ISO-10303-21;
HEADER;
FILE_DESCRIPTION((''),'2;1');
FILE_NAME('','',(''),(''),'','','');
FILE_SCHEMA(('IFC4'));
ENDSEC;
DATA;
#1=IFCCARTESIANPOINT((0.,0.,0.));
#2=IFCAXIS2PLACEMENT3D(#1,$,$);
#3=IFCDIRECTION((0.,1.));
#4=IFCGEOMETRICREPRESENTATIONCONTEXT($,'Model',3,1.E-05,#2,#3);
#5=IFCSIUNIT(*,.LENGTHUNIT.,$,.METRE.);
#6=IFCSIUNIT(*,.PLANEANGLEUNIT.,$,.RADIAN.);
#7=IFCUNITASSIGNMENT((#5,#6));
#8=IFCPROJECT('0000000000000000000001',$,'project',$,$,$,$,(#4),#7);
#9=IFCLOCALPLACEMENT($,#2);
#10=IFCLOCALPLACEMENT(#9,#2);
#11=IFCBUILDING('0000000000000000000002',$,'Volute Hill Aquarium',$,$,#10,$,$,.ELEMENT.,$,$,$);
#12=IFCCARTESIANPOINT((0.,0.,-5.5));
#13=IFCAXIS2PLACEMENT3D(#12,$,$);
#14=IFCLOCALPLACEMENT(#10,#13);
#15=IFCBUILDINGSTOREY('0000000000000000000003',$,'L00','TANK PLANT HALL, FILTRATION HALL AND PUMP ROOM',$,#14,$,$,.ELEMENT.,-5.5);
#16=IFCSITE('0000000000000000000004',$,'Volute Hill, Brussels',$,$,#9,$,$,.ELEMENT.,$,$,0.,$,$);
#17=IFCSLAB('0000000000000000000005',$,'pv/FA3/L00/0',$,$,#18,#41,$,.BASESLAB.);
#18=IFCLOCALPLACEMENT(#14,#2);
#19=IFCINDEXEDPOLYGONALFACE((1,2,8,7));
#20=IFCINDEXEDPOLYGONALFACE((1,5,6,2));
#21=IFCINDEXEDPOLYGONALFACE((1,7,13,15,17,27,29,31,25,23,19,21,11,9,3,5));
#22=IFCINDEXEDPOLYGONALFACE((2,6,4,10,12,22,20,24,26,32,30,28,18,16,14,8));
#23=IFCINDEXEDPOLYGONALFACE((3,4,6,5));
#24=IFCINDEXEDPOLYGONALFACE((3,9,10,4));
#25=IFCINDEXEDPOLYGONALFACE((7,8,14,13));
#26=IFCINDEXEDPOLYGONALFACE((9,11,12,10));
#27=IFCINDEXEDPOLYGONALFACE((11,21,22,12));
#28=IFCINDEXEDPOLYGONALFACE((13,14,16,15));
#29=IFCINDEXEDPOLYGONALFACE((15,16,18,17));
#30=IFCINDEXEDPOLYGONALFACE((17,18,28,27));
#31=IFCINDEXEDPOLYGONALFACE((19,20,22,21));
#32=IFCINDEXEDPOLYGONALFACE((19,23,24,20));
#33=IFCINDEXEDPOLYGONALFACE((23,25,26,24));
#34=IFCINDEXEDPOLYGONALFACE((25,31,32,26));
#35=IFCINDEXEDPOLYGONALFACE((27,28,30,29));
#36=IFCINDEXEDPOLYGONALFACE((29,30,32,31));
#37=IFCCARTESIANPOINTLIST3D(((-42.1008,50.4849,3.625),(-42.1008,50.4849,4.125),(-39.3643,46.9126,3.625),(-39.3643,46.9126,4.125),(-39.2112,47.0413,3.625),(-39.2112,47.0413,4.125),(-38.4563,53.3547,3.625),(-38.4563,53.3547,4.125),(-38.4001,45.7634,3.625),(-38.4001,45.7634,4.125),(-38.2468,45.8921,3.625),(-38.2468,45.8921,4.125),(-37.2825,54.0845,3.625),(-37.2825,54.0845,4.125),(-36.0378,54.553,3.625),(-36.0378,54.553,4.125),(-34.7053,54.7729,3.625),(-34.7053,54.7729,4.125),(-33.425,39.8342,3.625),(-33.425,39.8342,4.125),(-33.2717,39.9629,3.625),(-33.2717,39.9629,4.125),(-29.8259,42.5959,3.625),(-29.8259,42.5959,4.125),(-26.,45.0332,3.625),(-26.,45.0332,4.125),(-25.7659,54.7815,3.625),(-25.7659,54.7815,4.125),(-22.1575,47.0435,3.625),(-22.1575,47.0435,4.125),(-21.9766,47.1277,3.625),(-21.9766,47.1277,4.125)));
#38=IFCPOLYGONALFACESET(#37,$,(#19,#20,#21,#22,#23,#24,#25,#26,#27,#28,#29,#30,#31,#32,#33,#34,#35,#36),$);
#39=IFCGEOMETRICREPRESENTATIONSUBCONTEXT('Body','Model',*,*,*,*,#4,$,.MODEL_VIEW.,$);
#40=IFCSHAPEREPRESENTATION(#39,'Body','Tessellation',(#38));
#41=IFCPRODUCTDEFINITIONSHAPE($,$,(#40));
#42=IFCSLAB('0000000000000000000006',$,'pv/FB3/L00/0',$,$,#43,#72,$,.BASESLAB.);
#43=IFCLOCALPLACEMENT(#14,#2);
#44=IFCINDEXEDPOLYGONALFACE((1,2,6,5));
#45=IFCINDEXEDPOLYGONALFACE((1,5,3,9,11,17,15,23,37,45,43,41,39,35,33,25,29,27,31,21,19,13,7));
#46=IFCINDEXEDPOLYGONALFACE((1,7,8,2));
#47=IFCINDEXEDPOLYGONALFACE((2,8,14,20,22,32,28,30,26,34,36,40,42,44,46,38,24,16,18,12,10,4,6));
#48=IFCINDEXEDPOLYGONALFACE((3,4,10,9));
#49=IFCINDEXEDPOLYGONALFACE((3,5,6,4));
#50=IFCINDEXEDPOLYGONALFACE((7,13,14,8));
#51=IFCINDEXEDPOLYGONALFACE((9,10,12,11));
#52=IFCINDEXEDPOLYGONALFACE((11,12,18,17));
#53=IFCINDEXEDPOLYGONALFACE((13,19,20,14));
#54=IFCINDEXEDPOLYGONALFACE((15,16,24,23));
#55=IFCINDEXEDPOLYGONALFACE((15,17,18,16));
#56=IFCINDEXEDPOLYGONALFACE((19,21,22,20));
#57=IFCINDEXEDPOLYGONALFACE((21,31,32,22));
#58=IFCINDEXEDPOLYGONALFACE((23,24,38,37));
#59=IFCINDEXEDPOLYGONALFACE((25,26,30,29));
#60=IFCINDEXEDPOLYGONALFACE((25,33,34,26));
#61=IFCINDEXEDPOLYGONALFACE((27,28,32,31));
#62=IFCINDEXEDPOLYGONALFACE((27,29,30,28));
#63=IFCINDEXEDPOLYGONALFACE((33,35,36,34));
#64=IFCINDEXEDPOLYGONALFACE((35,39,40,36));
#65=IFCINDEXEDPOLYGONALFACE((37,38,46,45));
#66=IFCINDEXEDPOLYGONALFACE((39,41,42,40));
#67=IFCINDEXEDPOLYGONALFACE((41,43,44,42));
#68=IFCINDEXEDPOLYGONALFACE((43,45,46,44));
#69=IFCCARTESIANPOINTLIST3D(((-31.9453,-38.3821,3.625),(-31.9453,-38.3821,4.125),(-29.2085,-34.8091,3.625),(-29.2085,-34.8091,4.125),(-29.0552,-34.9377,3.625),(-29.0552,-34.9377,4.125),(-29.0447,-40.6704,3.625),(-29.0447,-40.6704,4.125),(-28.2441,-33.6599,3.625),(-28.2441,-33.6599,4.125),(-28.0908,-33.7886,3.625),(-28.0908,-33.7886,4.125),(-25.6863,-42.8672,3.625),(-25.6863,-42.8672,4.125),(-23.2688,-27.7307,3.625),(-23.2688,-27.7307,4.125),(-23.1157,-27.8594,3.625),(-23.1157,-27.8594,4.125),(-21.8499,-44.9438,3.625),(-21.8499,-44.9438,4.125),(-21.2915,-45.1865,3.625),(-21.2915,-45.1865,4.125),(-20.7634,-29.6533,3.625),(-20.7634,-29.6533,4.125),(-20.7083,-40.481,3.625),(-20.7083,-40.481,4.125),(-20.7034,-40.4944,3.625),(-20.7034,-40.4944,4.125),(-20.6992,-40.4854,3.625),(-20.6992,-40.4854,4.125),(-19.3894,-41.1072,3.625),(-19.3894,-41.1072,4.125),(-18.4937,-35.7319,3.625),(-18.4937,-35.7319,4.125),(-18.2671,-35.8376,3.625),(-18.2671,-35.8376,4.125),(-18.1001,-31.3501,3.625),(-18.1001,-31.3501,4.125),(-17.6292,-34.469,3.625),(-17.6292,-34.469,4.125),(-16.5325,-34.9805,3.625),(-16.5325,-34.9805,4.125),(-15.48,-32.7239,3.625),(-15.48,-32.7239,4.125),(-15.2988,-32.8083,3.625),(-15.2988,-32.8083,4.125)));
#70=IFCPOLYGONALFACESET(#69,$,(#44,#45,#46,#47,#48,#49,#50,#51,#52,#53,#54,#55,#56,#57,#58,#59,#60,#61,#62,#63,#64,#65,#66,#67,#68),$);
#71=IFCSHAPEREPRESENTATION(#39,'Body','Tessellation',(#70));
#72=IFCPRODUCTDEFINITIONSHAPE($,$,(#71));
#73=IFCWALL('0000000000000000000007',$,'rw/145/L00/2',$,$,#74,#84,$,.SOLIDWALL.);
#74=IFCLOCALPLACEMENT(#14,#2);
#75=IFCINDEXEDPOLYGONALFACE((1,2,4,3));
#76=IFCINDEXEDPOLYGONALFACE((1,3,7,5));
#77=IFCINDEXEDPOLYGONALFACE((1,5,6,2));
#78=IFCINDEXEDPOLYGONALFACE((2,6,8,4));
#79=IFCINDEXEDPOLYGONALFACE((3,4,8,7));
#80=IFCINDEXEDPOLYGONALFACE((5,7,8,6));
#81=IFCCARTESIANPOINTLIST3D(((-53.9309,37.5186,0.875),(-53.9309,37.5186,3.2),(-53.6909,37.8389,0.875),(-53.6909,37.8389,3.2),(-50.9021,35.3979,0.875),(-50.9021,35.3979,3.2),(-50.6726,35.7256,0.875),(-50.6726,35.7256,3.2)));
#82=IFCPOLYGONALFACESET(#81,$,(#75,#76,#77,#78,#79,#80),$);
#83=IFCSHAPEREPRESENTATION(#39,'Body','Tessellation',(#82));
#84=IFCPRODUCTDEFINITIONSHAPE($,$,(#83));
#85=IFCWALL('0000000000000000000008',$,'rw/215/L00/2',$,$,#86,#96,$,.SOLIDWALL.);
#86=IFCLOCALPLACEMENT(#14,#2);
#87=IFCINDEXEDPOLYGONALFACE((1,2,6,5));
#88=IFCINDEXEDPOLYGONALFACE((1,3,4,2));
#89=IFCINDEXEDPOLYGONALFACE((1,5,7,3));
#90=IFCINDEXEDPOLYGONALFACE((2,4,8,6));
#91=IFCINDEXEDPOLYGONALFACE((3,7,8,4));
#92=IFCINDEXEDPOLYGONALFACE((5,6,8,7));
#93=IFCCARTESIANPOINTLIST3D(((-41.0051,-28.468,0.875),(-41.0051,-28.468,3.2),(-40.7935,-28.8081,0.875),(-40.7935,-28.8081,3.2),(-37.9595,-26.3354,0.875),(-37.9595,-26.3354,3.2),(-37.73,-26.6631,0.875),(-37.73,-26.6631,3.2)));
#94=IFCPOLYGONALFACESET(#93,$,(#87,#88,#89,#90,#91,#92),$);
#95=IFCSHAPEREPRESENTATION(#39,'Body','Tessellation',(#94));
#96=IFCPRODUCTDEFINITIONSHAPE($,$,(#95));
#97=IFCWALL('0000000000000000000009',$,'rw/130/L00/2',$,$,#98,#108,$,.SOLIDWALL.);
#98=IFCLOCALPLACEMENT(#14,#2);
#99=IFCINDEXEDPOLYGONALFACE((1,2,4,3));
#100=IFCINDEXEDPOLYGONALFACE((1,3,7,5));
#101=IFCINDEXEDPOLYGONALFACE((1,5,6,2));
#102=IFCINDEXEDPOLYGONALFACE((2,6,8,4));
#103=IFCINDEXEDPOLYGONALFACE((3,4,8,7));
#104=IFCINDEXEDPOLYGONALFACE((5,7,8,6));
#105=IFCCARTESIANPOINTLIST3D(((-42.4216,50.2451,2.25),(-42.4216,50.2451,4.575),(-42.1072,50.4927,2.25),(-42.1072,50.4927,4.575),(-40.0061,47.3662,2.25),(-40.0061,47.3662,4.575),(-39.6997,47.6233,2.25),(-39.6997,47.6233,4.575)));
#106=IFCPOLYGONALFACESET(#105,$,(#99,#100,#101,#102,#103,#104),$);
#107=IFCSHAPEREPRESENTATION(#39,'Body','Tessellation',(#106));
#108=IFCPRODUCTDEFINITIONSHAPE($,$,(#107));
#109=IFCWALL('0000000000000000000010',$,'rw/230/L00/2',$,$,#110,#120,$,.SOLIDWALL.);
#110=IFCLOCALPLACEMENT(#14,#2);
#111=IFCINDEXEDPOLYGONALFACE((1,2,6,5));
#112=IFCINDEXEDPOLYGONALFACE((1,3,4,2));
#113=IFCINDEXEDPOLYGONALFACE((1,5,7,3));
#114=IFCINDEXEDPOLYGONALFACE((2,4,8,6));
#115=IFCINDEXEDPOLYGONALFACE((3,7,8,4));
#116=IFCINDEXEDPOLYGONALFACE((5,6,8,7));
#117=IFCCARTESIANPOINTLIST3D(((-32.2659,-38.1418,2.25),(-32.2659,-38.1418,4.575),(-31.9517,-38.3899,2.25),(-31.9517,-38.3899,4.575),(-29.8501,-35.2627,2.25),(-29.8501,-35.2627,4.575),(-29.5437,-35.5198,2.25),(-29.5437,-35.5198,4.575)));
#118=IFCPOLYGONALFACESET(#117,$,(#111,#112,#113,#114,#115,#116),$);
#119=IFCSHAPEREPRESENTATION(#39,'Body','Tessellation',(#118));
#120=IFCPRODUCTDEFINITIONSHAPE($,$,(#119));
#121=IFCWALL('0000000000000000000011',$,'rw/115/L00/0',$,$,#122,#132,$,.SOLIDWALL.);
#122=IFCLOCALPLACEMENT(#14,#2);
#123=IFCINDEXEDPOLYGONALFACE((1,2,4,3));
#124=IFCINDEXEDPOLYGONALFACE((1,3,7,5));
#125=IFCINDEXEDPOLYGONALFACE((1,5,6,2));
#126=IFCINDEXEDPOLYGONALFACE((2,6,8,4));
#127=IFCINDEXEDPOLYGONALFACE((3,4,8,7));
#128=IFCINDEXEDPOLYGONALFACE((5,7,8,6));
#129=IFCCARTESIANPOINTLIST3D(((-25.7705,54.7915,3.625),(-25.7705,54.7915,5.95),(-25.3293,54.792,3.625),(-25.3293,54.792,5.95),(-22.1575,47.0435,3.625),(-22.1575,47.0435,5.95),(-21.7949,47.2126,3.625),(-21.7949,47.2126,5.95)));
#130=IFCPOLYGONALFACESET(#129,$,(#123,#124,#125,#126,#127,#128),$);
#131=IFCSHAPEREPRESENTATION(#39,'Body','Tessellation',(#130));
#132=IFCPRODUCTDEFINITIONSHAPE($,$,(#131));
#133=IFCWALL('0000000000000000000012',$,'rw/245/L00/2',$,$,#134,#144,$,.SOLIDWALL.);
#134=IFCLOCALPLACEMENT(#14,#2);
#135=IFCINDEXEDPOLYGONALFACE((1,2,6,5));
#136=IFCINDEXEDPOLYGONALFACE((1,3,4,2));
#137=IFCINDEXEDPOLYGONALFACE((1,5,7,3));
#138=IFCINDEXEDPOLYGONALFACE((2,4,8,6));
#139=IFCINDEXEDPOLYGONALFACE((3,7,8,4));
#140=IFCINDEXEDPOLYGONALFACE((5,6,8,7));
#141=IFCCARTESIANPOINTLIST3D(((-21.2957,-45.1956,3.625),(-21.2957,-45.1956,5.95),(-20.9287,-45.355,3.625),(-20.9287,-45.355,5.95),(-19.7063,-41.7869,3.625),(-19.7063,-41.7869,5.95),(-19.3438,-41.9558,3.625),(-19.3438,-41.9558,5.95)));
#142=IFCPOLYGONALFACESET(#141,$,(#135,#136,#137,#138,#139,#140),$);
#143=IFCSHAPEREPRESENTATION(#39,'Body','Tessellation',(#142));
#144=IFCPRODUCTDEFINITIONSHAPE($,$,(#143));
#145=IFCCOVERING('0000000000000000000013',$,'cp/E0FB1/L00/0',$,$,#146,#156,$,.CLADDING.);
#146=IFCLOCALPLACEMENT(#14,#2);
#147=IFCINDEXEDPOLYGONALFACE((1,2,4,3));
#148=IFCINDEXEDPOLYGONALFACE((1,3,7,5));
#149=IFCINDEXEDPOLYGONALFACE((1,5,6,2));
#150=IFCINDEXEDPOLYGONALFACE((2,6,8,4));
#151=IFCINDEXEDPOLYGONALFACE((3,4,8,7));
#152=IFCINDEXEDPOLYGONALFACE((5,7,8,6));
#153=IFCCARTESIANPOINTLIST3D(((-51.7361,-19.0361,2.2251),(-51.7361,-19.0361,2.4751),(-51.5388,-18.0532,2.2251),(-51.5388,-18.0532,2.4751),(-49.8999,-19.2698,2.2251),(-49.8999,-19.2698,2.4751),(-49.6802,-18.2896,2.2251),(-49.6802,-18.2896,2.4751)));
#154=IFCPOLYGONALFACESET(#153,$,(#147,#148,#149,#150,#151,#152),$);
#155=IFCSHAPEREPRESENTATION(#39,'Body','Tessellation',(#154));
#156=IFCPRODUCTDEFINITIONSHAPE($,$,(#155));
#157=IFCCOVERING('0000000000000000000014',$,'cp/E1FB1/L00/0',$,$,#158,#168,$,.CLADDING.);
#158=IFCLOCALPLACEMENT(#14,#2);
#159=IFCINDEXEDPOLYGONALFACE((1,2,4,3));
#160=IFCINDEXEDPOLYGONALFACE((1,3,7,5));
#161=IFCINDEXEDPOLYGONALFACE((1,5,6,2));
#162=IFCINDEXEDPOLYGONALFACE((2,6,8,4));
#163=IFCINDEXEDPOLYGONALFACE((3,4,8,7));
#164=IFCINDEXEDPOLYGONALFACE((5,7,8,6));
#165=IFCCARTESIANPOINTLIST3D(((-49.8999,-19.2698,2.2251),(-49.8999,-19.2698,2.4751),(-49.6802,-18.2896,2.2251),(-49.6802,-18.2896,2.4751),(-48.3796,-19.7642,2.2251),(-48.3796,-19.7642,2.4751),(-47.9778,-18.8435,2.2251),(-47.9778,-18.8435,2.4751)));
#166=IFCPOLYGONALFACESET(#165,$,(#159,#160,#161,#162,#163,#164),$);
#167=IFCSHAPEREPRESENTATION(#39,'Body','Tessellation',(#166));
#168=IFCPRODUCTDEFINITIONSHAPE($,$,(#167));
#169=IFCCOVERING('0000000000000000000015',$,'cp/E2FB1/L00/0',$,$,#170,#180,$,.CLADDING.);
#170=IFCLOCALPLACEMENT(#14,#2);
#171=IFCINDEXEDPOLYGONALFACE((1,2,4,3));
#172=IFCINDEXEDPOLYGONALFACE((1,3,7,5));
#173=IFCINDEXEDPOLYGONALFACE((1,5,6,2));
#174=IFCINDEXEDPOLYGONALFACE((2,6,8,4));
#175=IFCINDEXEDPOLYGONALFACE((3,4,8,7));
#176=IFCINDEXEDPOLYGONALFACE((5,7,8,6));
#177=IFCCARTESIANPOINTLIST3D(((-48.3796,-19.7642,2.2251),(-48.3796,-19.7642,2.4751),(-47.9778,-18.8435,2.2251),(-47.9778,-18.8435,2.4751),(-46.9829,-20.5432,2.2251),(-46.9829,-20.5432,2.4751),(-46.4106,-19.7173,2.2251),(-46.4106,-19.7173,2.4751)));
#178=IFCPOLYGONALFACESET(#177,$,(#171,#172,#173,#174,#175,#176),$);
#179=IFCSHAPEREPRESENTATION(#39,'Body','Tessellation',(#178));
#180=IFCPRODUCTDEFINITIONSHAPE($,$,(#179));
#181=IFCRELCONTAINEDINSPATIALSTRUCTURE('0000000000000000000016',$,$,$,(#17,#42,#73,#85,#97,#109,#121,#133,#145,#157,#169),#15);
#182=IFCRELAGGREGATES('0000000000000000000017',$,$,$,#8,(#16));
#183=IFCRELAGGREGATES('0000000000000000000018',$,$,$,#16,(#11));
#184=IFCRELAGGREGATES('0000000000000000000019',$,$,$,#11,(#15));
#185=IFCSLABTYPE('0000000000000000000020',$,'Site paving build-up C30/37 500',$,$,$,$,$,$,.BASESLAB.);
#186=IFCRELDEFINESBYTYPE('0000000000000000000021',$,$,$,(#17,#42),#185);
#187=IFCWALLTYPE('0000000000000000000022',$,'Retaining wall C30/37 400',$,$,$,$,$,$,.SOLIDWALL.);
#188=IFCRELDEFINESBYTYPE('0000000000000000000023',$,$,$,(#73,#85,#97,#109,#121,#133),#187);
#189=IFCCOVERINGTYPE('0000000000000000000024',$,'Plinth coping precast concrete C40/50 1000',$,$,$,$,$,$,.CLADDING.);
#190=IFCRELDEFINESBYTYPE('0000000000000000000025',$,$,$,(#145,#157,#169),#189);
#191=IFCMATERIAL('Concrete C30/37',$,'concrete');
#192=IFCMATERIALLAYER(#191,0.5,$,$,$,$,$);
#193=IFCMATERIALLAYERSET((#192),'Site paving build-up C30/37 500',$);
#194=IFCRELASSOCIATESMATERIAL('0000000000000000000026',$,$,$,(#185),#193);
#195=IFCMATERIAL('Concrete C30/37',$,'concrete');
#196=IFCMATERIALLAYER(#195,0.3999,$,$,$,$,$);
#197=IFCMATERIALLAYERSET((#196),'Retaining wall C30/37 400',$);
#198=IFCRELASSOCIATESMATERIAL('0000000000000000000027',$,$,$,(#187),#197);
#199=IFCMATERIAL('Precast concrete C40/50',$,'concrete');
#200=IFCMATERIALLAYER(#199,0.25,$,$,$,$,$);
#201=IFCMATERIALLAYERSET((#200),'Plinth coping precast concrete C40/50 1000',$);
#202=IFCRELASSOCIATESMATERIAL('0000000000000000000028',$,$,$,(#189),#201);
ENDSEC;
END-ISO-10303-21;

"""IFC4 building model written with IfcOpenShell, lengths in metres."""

from ifc_helpers import new_model, si_unit, direction, frame, origin, place, context, subcontext, project, spatial, polyline, outline, extrude, material, layer, layer_set, type_object, element, save


model = new_model("IFC4")

# Units and contexts
model_context = context("Model", 3, precision=1e-05, world=origin(), true_north=direction((0.0, 1.0)))
body_context = subcontext(model_context, "Body", "Model", "MODEL_VIEW")
ifc_project = project(units=[si_unit("LENGTHUNIT", "METRE"), si_unit("PLANEANGLEUNIT", "RADIAN")], contexts=[model_context])

# Site, building, storey
site_placement = place(None, origin())
site = spatial("IfcSite", under=ifc_project, at=site_placement, Name="Volute Hill, Brussels", CompositionType="ELEMENT", RefElevation=0.0)
building_placement = place(site_placement, origin())
building = spatial("IfcBuilding", under=site, at=building_placement, Name="Volute Hill Aquarium", CompositionType="ELEMENT")
storey_placement = place(building_placement, frame((0.0, 0.0, -5.5)))
storey = spatial("IfcBuildingStorey", under=building, at=storey_placement, Name="L00", Description="TANK PLANT HALL, FILTRATION HALL AND PUMP ROOM", CompositionType="ELEMENT", Elevation=-5.5)

# Slabs
ifc_material_1 = material(Name="Concrete C30/37", Category="concrete")
ifc_layer_1 = layer(ifc_material_1, 0.5)
ifc_layer_set_1 = layer_set([ifc_layer_1], Name="Site paving build-up C30/37 500")
slab_type_1 = type_object("IfcSlabType", Name="Site paving build-up C30/37 500", PredefinedType="BASESLAB", material=ifc_layer_set_1)
slab_1_placement = place(storey_placement, frame((0.0, 0.0, 3.625)))
element("IfcSlab", 1, at=slab_1_placement, inside=storey, type_object=slab_type_1, Name="pv/FA3/L00/0", PredefinedType="BASESLAB", context=body_context, shape_type="SweptSolid", body=[
    extrude(outline(polyline([(-37.2825, 54.0845), (-38.4563, 53.3547), (-42.1008, 50.4849), (-39.2112, 47.0413), (-39.3643, 46.9126), (-38.4001, 45.7634), (-38.2468, 45.8921), (-33.2717, 39.9629), (-33.425, 39.8342), (-29.8259, 42.5959), (-26.0, 45.0332), (-21.9766, 47.1277), (-22.1575, 47.0435), (-25.7659, 54.7815), (-34.7053, 54.7729), (-36.0378, 54.553), (-37.2825, 54.0845)])), origin(), (0.0, 0.0, 1.0), 0.5),
])
slab_2_placement = place(storey_placement, frame((0.0, 0.0, 3.625)))
element("IfcSlab", 2, at=slab_2_placement, inside=storey, type_object=slab_type_1, Name="pv/FB3/L00/0", PredefinedType="BASESLAB", context=body_context, shape_type="SweptSolid", body=[
    extrude(outline(polyline([(-25.6863, -42.8672), (-21.8499, -44.9438), (-21.2915, -45.1865), (-19.3894, -41.1072), (-20.7034, -40.4944), (-20.6992, -40.4854), (-20.7083, -40.481), (-18.4937, -35.7319), (-18.2671, -35.8376), (-17.6292, -34.469), (-16.5325, -34.9805), (-15.48, -32.7239), (-15.2988, -32.8083), (-18.1001, -31.3501), (-20.7634, -29.6533), (-23.2688, -27.7307), (-23.1157, -27.8594), (-28.0908, -33.7886), (-28.2441, -33.6599), (-29.2085, -34.8091), (-29.0552, -34.9377), (-31.9453, -38.3821), (-29.0447, -40.6704), (-25.6863, -42.8672)])), origin(), (0.0, 0.0, 1.0), 0.5),
])

# Walls
ifc_material_2 = material(Name="Concrete C30/37", Category="concrete")
ifc_layer_2 = layer(ifc_material_2, 0.3999)
ifc_layer_set_2 = layer_set([ifc_layer_2], Name="Retaining wall C30/37 400")
wall_type = type_object("IfcWallType", Name="Retaining wall C30/37 400", PredefinedType="SOLIDWALL", material=ifc_layer_set_2)
wall_1_placement = place(storey_placement, frame((0.0, 0.0, 0.875)))
element("IfcWall", 3, at=wall_1_placement, inside=storey, type_object=wall_type, Name="rw/145/L00/2", PredefinedType="SOLIDWALL", context=body_context, shape_type="SweptSolid", body=[
    extrude(outline(polyline([(-50.9021, 35.3979), (-50.6726, 35.7256), (-53.6909, 37.8389), (-53.9309, 37.5186), (-50.9021, 35.3979)])), origin(), (0.0, 0.0, 1.0), 2.325),
])
wall_2_placement = place(storey_placement, frame((0.0, 0.0, 0.875)))
element("IfcWall", 4, at=wall_2_placement, inside=storey, type_object=wall_type, Name="rw/215/L00/2", PredefinedType="SOLIDWALL", context=body_context, shape_type="SweptSolid", body=[
    extrude(outline(polyline([(-37.73, -26.6631), (-37.9595, -26.3354), (-41.0051, -28.468), (-40.7935, -28.8081), (-37.73, -26.6631)])), origin(), (0.0, 0.0, 1.0), 2.325),
])
wall_3_placement = place(storey_placement, frame((0.0, 0.0, 2.25)))
element("IfcWall", 5, at=wall_3_placement, inside=storey, type_object=wall_type, Name="rw/130/L00/2", PredefinedType="SOLIDWALL", context=body_context, shape_type="SweptSolid", body=[
    extrude(outline(polyline([(-40.0061, 47.3662), (-39.6997, 47.6233), (-42.1072, 50.4927), (-42.4216, 50.2451), (-40.0061, 47.3662)])), origin(), (0.0, 0.0, 1.0), 2.325),
])
wall_4_placement = place(storey_placement, frame((0.0, 0.0, 2.25)))
element("IfcWall", 6, at=wall_4_placement, inside=storey, type_object=wall_type, Name="rw/230/L00/2", PredefinedType="SOLIDWALL", context=body_context, shape_type="SweptSolid", body=[
    extrude(outline(polyline([(-29.5437, -35.5198), (-29.8501, -35.2627), (-32.2659, -38.1418), (-31.9517, -38.3899), (-29.5437, -35.5198)])), origin(), (0.0, 0.0, 1.0), 2.325),
])
wall_5_placement = place(storey_placement, frame((0.0, 0.0, 3.625)))
element("IfcWall", 7, at=wall_5_placement, inside=storey, type_object=wall_type, Name="rw/115/L00/0", PredefinedType="SOLIDWALL", context=body_context, shape_type="SweptSolid", body=[
    extrude(outline(polyline([(-22.1575, 47.0435), (-21.7949, 47.2126), (-25.3293, 54.792), (-25.7705, 54.7915), (-22.1575, 47.0435)])), origin(), (0.0, 0.0, 1.0), 2.325),
])
wall_6_placement = place(storey_placement, frame((0.0, 0.0, 3.625)))
element("IfcWall", 8, at=wall_6_placement, inside=storey, type_object=wall_type, Name="rw/245/L00/2", PredefinedType="SOLIDWALL", context=body_context, shape_type="SweptSolid", body=[
    extrude(outline(polyline([(-19.3438, -41.9558), (-19.7063, -41.7869), (-21.2957, -45.1956), (-20.9287, -45.355), (-19.3438, -41.9558)])), origin(), (0.0, 0.0, 1.0), 2.325),
])

# Coverings
ifc_material_3 = material(Name="Precast concrete C40/50", Category="concrete")
ifc_layer_3 = layer(ifc_material_3, 0.25)
ifc_layer_set_3 = layer_set([ifc_layer_3], Name="Plinth coping precast concrete C40/50 1000")
covering_type = type_object("IfcCoveringType", Name="Plinth coping precast concrete C40/50 1000", PredefinedType="CLADDING", material=ifc_layer_set_3)
covering_1_placement = place(storey_placement, frame((0.0, 0.0, 2.2251)))
element("IfcCovering", 9, at=covering_1_placement, inside=storey, type_object=covering_type, Name="cp/E0FB1/L00/0", PredefinedType="CLADDING", context=body_context, shape_type="SweptSolid", body=[
    extrude(outline(polyline([(-51.7361, -19.0361), (-49.8999, -19.2698), (-49.6802, -18.2896), (-49.6802, -18.2896), (-51.5388, -18.0532), (-51.7361, -19.0361)])), origin(), (0.0, 0.0, 1.0), 0.25),
])
covering_2_placement = place(storey_placement, frame((0.0, 0.0, 2.2251)))
element("IfcCovering", 10, at=covering_2_placement, inside=storey, type_object=covering_type, Name="cp/E1FB1/L00/0", PredefinedType="CLADDING", context=body_context, shape_type="SweptSolid", body=[
    extrude(outline(polyline([(-49.8999, -19.2698), (-48.3796, -19.7642), (-47.9778, -18.8435), (-49.6802, -18.2896), (-49.8999, -19.2698), (-49.8999, -19.2698)])), origin(), (0.0, 0.0, 1.0), 0.25),
])
covering_3_placement = place(storey_placement, frame((0.0, 0.0, 2.2251)))
element("IfcCovering", 11, at=covering_3_placement, inside=storey, type_object=covering_type, Name="cp/E2FB1/L00/0", PredefinedType="CLADDING", context=body_context, shape_type="SweptSolid", body=[
    extrude(outline(polyline([(-46.9829, -20.5432), (-46.9829, -20.5432), (-46.4106, -19.7173), (-46.4106, -19.7173), (-47.9778, -18.8435), (-47.9778, -18.8435), (-48.3796, -19.7642), (-48.3796, -19.7642), (-46.9829, -20.5432)])), origin(), (0.0, 0.0, 1.0), 0.25),
])

save(model, "model.ifc")
